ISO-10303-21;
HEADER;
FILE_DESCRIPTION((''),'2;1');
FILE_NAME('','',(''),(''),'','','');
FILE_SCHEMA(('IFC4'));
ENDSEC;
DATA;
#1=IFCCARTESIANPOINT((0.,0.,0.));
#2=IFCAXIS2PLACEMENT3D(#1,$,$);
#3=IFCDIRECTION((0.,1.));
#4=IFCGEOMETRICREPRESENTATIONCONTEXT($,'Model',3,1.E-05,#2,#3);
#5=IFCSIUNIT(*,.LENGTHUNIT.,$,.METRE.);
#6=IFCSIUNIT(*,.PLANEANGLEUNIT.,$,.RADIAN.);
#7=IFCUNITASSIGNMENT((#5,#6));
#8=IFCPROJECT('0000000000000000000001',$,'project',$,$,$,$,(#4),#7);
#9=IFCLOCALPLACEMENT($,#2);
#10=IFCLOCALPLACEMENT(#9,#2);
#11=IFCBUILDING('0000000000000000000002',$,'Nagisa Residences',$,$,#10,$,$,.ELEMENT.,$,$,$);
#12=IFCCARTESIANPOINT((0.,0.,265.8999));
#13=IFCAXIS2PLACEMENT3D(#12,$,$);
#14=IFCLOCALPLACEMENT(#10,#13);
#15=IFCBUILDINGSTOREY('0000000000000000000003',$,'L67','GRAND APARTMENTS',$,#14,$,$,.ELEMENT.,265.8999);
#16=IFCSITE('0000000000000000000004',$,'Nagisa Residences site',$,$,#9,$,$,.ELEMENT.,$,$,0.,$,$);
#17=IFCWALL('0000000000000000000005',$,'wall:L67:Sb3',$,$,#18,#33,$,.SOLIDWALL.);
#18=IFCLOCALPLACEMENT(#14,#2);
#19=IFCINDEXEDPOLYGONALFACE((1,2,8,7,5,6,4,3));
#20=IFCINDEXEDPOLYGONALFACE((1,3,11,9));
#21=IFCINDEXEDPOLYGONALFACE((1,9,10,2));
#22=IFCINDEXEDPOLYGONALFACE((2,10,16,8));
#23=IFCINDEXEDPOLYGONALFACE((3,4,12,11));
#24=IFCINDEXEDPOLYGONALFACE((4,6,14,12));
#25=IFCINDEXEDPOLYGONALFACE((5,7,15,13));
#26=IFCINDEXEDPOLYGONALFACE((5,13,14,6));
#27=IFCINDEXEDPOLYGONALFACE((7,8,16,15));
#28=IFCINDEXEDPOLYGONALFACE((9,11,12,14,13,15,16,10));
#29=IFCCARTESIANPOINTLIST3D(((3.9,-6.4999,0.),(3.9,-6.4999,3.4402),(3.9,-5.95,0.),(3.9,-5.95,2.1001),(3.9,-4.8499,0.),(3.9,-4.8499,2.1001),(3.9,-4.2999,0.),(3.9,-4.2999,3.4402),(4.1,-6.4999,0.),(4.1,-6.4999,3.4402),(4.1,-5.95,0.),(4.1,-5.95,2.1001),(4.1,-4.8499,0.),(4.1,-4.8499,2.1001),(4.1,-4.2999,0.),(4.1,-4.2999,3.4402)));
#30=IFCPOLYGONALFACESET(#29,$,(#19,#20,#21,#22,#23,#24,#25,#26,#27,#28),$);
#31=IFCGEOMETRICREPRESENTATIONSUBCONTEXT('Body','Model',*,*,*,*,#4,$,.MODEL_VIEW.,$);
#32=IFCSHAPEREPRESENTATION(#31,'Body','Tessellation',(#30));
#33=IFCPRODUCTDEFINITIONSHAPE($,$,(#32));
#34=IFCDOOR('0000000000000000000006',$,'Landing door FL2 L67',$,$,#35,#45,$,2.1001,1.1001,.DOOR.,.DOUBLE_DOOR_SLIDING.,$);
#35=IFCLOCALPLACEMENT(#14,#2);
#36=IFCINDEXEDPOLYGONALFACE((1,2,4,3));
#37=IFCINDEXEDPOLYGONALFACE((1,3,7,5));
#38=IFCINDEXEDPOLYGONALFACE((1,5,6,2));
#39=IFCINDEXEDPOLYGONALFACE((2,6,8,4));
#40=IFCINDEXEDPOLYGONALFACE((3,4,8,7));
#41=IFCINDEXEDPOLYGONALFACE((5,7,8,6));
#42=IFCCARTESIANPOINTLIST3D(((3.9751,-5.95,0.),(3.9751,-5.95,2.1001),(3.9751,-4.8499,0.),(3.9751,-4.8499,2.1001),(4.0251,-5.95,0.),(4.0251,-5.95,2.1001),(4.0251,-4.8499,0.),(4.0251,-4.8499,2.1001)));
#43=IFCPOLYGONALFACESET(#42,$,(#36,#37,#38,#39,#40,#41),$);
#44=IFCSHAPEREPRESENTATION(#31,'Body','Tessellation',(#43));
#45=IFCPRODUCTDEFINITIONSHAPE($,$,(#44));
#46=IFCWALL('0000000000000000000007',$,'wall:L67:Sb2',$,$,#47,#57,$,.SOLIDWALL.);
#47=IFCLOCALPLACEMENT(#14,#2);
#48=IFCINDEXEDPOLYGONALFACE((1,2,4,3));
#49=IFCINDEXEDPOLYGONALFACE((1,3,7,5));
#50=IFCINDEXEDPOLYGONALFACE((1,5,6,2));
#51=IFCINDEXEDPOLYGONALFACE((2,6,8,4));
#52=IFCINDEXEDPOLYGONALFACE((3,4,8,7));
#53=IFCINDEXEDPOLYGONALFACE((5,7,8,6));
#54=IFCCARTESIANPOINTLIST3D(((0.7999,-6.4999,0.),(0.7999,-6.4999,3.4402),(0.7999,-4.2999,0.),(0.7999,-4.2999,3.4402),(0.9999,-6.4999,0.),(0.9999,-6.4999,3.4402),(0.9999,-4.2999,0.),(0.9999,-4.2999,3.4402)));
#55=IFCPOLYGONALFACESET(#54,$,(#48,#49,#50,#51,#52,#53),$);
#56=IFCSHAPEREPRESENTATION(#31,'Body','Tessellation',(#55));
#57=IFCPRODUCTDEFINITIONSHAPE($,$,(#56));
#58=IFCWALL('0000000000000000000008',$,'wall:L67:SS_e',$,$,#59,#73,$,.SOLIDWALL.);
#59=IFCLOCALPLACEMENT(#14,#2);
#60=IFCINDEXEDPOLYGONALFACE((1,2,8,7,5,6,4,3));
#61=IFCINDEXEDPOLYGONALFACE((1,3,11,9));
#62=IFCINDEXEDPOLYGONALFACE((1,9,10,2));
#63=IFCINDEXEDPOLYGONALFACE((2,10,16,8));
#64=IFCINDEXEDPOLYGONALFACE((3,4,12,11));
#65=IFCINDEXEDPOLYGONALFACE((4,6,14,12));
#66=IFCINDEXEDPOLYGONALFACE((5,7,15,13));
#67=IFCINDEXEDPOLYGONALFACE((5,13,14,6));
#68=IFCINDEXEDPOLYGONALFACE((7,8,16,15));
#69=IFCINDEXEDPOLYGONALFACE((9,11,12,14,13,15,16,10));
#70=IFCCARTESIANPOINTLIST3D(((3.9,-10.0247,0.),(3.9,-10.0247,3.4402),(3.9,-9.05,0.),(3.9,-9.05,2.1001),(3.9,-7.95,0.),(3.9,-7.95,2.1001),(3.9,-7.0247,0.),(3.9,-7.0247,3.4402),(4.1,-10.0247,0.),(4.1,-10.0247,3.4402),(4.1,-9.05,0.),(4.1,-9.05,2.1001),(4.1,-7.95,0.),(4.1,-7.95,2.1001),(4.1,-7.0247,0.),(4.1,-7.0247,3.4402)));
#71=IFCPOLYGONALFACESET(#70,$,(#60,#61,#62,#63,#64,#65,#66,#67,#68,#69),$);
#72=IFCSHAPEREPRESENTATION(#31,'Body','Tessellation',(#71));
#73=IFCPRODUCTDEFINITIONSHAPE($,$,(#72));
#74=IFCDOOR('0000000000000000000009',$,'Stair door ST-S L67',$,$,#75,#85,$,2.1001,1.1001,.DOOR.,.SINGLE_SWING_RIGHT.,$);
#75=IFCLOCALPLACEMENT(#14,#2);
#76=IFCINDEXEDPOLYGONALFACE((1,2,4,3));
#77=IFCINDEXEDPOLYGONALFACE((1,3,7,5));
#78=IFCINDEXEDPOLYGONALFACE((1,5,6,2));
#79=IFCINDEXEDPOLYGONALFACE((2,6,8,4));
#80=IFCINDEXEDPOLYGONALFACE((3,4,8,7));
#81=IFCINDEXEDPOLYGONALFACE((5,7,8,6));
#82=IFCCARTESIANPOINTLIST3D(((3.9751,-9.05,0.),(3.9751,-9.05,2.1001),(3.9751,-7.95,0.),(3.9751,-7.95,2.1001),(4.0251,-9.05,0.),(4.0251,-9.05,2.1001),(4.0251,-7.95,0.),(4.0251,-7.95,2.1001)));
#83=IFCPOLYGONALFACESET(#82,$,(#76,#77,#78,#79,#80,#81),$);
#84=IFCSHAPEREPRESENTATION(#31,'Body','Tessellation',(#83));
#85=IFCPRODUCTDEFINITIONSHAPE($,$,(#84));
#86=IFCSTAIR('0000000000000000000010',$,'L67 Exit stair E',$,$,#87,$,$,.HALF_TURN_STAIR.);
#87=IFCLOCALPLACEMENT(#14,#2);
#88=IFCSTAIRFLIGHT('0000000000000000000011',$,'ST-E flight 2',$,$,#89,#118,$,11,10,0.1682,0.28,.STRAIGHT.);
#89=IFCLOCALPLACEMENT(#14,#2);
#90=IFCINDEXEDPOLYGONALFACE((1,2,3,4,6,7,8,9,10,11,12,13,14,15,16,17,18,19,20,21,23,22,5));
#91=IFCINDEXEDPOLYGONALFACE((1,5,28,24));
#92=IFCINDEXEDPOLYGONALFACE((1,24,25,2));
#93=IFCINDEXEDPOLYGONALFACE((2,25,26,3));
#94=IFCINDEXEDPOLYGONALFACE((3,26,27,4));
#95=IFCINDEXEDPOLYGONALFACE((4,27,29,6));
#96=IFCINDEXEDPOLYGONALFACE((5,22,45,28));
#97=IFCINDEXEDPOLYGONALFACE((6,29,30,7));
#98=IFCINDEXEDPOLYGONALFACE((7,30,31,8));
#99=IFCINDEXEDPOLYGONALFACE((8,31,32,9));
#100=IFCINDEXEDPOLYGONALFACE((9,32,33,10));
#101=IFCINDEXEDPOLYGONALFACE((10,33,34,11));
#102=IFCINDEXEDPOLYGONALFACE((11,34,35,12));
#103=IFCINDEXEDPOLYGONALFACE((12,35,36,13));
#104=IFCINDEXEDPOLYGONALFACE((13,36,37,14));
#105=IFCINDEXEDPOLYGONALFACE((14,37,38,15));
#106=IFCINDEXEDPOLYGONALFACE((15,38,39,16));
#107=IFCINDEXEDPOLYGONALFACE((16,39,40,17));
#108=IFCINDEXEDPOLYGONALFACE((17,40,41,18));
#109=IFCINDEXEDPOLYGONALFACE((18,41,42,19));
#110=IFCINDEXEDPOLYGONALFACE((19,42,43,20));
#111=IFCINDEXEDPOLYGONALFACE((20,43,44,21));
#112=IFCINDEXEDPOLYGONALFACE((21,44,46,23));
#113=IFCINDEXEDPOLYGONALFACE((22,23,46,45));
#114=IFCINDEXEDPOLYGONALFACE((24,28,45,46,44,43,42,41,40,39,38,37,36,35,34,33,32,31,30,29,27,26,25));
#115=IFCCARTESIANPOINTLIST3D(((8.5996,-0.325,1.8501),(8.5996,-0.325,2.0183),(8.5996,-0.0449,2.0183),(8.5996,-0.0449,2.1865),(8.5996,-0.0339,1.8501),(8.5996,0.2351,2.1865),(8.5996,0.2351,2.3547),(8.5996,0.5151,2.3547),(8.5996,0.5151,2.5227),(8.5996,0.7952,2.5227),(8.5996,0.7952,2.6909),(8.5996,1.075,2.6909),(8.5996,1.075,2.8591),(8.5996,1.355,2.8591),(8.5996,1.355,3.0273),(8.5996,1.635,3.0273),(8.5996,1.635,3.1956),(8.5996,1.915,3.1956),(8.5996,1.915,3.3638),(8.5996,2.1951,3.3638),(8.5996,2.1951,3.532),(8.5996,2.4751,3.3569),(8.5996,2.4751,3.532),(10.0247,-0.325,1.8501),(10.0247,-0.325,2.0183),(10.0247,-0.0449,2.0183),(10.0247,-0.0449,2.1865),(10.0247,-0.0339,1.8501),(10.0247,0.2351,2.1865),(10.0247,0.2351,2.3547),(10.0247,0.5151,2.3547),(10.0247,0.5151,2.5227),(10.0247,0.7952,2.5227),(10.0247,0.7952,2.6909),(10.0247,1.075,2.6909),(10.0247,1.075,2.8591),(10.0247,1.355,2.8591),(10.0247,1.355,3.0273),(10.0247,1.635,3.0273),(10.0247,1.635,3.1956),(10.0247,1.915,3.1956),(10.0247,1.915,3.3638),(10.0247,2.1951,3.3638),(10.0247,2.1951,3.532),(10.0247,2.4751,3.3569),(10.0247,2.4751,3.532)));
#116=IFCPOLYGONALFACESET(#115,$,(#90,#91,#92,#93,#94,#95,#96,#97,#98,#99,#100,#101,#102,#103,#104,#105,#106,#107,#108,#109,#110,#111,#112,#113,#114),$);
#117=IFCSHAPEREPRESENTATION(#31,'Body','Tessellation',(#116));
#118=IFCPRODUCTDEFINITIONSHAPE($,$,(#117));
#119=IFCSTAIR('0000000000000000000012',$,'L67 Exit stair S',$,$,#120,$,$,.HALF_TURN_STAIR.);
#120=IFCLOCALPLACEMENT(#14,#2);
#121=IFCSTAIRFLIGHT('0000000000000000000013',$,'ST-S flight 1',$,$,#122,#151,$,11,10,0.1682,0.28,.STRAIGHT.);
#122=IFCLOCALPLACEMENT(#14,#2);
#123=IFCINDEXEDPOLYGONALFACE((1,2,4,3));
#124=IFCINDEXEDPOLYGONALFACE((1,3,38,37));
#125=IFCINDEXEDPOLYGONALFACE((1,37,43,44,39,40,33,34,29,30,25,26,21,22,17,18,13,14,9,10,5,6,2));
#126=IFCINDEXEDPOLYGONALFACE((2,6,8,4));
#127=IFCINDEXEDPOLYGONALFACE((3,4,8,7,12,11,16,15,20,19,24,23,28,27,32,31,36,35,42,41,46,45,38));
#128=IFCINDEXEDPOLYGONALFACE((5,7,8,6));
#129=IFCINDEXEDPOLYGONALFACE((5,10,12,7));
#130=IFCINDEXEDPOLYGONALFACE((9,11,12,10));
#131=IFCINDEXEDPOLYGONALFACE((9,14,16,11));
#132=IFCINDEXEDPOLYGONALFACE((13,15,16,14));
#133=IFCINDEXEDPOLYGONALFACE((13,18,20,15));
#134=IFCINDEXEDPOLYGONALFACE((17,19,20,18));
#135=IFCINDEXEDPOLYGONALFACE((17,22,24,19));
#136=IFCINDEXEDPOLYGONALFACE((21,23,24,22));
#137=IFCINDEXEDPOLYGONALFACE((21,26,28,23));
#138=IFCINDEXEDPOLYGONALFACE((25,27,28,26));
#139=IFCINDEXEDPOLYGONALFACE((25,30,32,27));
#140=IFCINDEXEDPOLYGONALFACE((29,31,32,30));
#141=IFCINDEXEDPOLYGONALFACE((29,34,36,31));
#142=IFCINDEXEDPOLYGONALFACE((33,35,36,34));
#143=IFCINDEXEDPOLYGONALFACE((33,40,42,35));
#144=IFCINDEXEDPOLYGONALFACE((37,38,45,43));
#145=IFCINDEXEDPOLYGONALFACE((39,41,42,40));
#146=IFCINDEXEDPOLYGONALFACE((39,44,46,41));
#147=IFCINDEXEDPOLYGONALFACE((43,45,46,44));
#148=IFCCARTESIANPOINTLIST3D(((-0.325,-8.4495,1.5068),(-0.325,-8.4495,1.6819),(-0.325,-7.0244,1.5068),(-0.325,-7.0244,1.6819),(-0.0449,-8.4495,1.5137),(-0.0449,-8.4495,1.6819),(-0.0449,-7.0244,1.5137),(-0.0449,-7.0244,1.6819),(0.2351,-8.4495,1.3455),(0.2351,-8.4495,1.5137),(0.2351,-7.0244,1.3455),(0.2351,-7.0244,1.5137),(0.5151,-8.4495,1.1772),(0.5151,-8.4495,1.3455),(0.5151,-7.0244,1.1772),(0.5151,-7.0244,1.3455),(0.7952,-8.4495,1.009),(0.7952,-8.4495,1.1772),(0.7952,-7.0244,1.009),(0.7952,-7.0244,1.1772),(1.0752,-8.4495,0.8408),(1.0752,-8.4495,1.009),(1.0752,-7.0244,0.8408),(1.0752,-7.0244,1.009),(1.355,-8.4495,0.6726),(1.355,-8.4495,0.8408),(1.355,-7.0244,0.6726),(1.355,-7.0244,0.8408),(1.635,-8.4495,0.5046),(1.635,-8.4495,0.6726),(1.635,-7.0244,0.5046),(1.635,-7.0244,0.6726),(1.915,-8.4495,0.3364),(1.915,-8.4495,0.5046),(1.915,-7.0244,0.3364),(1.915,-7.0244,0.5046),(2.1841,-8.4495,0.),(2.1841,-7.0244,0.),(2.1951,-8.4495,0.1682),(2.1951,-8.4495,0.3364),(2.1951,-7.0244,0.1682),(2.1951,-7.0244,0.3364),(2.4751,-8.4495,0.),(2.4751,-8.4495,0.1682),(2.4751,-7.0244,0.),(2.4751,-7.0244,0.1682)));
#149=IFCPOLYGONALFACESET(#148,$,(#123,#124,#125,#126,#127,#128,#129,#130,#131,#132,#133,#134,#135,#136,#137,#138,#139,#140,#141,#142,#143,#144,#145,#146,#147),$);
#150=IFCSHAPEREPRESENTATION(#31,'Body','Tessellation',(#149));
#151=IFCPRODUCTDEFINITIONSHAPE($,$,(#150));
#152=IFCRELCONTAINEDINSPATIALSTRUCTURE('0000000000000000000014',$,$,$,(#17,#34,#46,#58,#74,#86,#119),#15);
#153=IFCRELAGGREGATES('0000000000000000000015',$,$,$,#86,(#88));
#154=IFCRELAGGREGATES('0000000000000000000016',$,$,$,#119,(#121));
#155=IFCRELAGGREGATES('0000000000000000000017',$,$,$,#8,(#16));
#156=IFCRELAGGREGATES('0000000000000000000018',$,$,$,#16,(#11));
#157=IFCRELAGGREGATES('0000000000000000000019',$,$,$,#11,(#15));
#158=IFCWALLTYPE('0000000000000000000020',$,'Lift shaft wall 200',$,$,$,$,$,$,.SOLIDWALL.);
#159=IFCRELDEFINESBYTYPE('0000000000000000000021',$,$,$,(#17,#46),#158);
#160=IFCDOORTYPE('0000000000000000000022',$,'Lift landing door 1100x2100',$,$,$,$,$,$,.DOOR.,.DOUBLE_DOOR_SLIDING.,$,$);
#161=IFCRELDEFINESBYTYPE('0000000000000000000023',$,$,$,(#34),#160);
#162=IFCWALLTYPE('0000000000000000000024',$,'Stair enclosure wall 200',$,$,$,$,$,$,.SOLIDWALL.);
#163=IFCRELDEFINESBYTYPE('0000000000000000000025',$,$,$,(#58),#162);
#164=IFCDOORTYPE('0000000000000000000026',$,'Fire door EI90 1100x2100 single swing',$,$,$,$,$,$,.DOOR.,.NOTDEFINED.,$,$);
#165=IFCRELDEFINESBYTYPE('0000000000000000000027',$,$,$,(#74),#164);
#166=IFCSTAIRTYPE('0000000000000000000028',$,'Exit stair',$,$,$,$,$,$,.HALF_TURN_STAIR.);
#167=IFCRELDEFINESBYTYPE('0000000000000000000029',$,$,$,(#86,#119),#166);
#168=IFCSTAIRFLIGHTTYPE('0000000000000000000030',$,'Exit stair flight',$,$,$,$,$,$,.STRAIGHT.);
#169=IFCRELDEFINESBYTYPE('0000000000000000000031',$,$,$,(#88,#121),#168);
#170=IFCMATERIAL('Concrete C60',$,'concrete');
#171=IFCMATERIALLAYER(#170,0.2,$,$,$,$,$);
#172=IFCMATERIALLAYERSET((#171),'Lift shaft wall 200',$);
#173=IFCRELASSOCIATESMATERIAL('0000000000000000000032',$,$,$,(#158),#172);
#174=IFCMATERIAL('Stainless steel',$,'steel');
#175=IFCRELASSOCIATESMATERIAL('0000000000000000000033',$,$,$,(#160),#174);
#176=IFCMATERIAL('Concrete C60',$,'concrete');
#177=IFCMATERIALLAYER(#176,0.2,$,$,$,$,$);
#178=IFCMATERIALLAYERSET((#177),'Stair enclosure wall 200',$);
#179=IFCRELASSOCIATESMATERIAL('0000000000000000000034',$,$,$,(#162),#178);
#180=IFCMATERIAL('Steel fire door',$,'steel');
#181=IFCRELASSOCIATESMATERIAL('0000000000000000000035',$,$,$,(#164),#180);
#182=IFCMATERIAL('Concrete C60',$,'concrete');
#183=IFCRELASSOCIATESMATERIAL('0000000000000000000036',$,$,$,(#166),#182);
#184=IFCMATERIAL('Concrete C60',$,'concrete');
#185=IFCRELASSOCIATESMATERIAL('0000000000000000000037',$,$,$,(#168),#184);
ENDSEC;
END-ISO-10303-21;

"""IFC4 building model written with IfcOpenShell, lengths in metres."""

from ifc_helpers import new_model, si_unit, direction, frame, frame_2d, origin, place, context, subcontext, project, spatial, polyline, rectangle, outline, extrude, material, layer, layer_set, type_object, element, fill, aggregate, save


model = new_model("IFC4")

# Units and contexts
model_context = context("Model", 3, precision=1e-05, world=origin(), true_north=direction((0.0, 1.0)))
body_context = subcontext(model_context, "Body", "Model", "MODEL_VIEW")
ifc_project = project(units=[si_unit("LENGTHUNIT", "METRE"), si_unit("PLANEANGLEUNIT", "RADIAN")], contexts=[model_context])

# Site, building, storey
site_placement = place(None, origin())
site = spatial("IfcSite", under=ifc_project, at=site_placement, Name="Nagisa Residences site", CompositionType="ELEMENT", RefElevation=0.0)
building_placement = place(site_placement, origin())
building = spatial("IfcBuilding", under=site, at=building_placement, Name="Nagisa Residences", CompositionType="ELEMENT")
storey_placement = place(building_placement, frame((0.0, 0.0, 265.8999)))
storey = spatial("IfcBuildingStorey", under=building, at=storey_placement, Name="L67", Description="GRAND APARTMENTS", CompositionType="ELEMENT", Elevation=265.8999)

# Wall, opening, door
ifc_material_1 = material(Name="Concrete C60", Category="concrete")
ifc_layer_1 = layer(ifc_material_1, 0.2)
ifc_layer_set_1 = layer_set([ifc_layer_1], Name="Lift shaft wall 200")
wall_type_1 = type_object("IfcWallType", Name="Lift shaft wall 200", PredefinedType="SOLIDWALL", material=ifc_layer_set_1)
wall_1_placement = place(storey_placement, frame((4.0, -6.5, 0.0), z_axis=(0.0, 0.0, 1.0), x_axis=(0.0, 1.0, 0.0)))
wall_1 = element("IfcWall", 1, at=wall_1_placement, inside=storey, type_object=wall_type_1, Name="wall:L67:Sb3", PredefinedType="SOLIDWALL", context=body_context, shape_type="SweptSolid", body=[
    extrude(rectangle(XDim=2.2, YDim=0.2, at=frame_2d((1.1001, 0.0))), origin(), (0.0, 0.0, 1.0), 3.4402),
])
opening_1_placement = place(wall_1_placement, frame((0.55, 0.0, 0.0)))
opening_1 = element("IfcOpeningElement", 2, at=opening_1_placement, cuts=wall_1, PredefinedType="OPENING", context=body_context, shape_type="SweptSolid", body=[
    extrude(rectangle(XDim=1.1001, YDim=2.1001, at=frame_2d((0.55, 1.05))), frame((0.0, 0.1099, 0.0), z_axis=(0.0, -1.0, 0.0), x_axis=(1.0, 0.0, 0.0)), (0.0, 0.0, 1.0), 0.22),
])
ifc_material_2 = material(Name="Stainless steel", Category="steel")
door_type_1 = type_object("IfcDoorType", Name="Lift landing door 1100x2100", OperationType="DOUBLE_DOOR_SLIDING", PredefinedType="DOOR", material=ifc_material_2)
door_1_placement = place(opening_1_placement, origin())
door_1 = element("IfcDoor", 3, at=door_1_placement, inside=storey, type_object=door_type_1, Name="Landing door FL2 L67", OperationType="DOUBLE_DOOR_SLIDING", OverallHeight=2.1001, OverallWidth=1.1001, PredefinedType="DOOR", context=body_context, shape_type="SweptSolid", body=[
    extrude(rectangle(XDim=1.1001, YDim=2.1001, at=frame_2d((0.55, 1.05))), frame((0.0, 0.0249, 0.0), z_axis=(0.0, -1.0, 0.0), x_axis=(1.0, 0.0, 0.0)), (0.0, 0.0, 1.0), 0.05),
])
fill(opening_1, door_1)

# Wall
wall_2_placement = place(storey_placement, frame((0.8999, -6.5, 0.0), z_axis=(0.0, 0.0, 1.0), x_axis=(0.0, 1.0, 0.0)))
element("IfcWall", 4, at=wall_2_placement, inside=storey, type_object=wall_type_1, Name="wall:L67:Sb2", PredefinedType="SOLIDWALL", context=body_context, shape_type="SweptSolid", body=[
    extrude(rectangle(XDim=2.2, YDim=0.2, at=frame_2d((1.1001, 0.0))), origin(), (0.0, 0.0, 1.0), 3.4402),
])

# Wall, opening, door
ifc_material_3 = material(Name="Concrete C60", Category="concrete")
ifc_layer_2 = layer(ifc_material_3, 0.2)
ifc_layer_set_2 = layer_set([ifc_layer_2], Name="Stair enclosure wall 200")
wall_type_2 = type_object("IfcWallType", Name="Stair enclosure wall 200", PredefinedType="SOLIDWALL", material=ifc_layer_set_2)
wall_3_placement = place(storey_placement, frame((4.0, -10.0247, 0.0), z_axis=(0.0, 0.0, 1.0), x_axis=(0.0, 1.0, 0.0)))
wall_3 = element("IfcWall", 5, at=wall_3_placement, inside=storey, type_object=wall_type_2, Name="wall:L67:SS_e", PredefinedType="SOLIDWALL", context=body_context, shape_type="SweptSolid", body=[
    extrude(rectangle(XDim=3.0, YDim=0.2, at=frame_2d((1.5, 0.0))), origin(), (0.0, 0.0, 1.0), 3.4402),
])
opening_2_placement = place(wall_3_placement, frame((0.9746, 0.0, 0.0)))
opening_2 = element("IfcOpeningElement", 6, at=opening_2_placement, cuts=wall_3, PredefinedType="OPENING", context=body_context, shape_type="SweptSolid", body=[
    extrude(rectangle(XDim=1.1001, YDim=2.1001, at=frame_2d((0.55, 1.05))), frame((0.0, 0.1099, 0.0), z_axis=(0.0, -1.0, 0.0), x_axis=(1.0, 0.0, 0.0)), (0.0, 0.0, 1.0), 0.22),
])
ifc_material_4 = material(Name="Steel fire door", Category="steel")
door_type_2 = type_object("IfcDoorType", Name="Fire door EI90 1100x2100 single swing", OperationType="NOTDEFINED", PredefinedType="DOOR", material=ifc_material_4)
door_2_placement = place(opening_2_placement, origin())
door_2 = element("IfcDoor", 7, at=door_2_placement, inside=storey, type_object=door_type_2, Name="Stair door ST-S L67", OperationType="SINGLE_SWING_RIGHT", OverallHeight=2.1001, OverallWidth=1.1001, PredefinedType="DOOR", context=body_context, shape_type="SweptSolid", body=[
    extrude(rectangle(XDim=1.1001, YDim=2.1001, at=frame_2d((0.55, 1.05))), frame((0.0, 0.0249, 0.0), z_axis=(0.0, -1.0, 0.0), x_axis=(1.0, 0.0, 0.0)), (0.0, 0.0, 1.0), 0.05),
])
fill(opening_2, door_2)

# Stair, stair flight
ifc_material_5 = material(Name="Concrete C60", Category="concrete")
stair_type = type_object("IfcStairType", Name="Exit stair", PredefinedType="HALF_TURN_STAIR", material=ifc_material_5)
stair_1_placement = place(storey_placement, origin())
stair_1 = element("IfcStair", 8, at=stair_1_placement, inside=storey, type_object=stair_type, Name="L67 Exit stair E", PredefinedType="HALF_TURN_STAIR")
ifc_material_6 = material(Name="Concrete C60", Category="concrete")
stair_flight_type = type_object("IfcStairFlightType", Name="Exit stair flight", PredefinedType="STRAIGHT", material=ifc_material_6)
stair_flight_1_placement = place(storey_placement, frame((9.312, -0.325, 1.8501), z_axis=(0.0, 0.0, 1.0), x_axis=(0.0, 1.0, 0.0)))
stair_flight_1 = element("IfcStairFlight", 9, at=stair_flight_1_placement, type_object=stair_flight_type, Name="ST-E flight 2", NumberOfRisers=11, NumberOfTreads=10, PredefinedType="STRAIGHT", RiserHeight=0.1682, TreadLength=0.28, context=body_context, shape_type="SweptSolid", body=[
    extrude(outline(polyline([(0.0, 0.0), (0.0, 0.1682), (0.28, 0.1682), (0.28, 0.3364), (0.5601, 0.3364), (0.5601, 0.5046), (0.8401, 0.5046), (0.8401, 0.6726), (1.1201, 0.6726), (1.1201, 0.8408), (1.3999, 0.8408), (1.3999, 1.009), (1.6799, 1.009), (1.6799, 1.1772), (1.96, 1.1772), (1.96, 1.3455), (2.24, 1.3455), (2.24, 1.5137), (2.52, 1.5137), (2.52, 1.6819), (2.8, 1.6819), (2.8, 1.8501), (2.8, 1.5068), (0.291, 0.0), (0.0, 0.0)])), frame((0.0, 0.7124, 0.0), z_axis=(0.0, -1.0, 0.0), x_axis=(1.0, 0.0, 0.0)), (0.0, 0.0, 1.0), 1.425),
])
aggregate(stair_1, [stair_flight_1])

# Stair, stair flight
stair_2_placement = place(storey_placement, origin())
stair_2 = element("IfcStair", 10, at=stair_2_placement, inside=storey, type_object=stair_type, Name="L67 Exit stair S", PredefinedType="HALF_TURN_STAIR")
stair_flight_2_placement = place(storey_placement, frame((2.4751, -7.7371, 0.0), z_axis=(0.0, 0.0, 1.0), x_axis=(-1.0, 0.0, 0.0)))
stair_flight_2 = element("IfcStairFlight", 11, at=stair_flight_2_placement, type_object=stair_flight_type, Name="ST-S flight 1", NumberOfRisers=11, NumberOfTreads=10, PredefinedType="STRAIGHT", RiserHeight=0.1682, TreadLength=0.28, context=body_context, shape_type="SweptSolid", body=[
    extrude(outline(polyline([(0.0, 0.0), (0.0, 0.1682), (0.28, 0.1682), (0.28, 0.3364), (0.5601, 0.3364), (0.5601, 0.5046), (0.8401, 0.5046), (0.8401, 0.6726), (1.1201, 0.6726), (1.1201, 0.8408), (1.3999, 0.8408), (1.3999, 1.009), (1.6799, 1.009), (1.6799, 1.1772), (1.96, 1.1772), (1.96, 1.3455), (2.24, 1.3455), (2.24, 1.5137), (2.52, 1.5137), (2.52, 1.6819), (2.8, 1.6819), (2.8, 1.8501), (2.8, 1.5068), (0.291, 0.0), (0.0, 0.0)])), frame((0.0, 0.7124, 0.0), z_axis=(0.0, -1.0, 0.0), x_axis=(1.0, 0.0, 0.0)), (0.0, 0.0, 1.0), 1.425),
])
aggregate(stair_2, [stair_flight_2])

save(model, "model.ifc")
